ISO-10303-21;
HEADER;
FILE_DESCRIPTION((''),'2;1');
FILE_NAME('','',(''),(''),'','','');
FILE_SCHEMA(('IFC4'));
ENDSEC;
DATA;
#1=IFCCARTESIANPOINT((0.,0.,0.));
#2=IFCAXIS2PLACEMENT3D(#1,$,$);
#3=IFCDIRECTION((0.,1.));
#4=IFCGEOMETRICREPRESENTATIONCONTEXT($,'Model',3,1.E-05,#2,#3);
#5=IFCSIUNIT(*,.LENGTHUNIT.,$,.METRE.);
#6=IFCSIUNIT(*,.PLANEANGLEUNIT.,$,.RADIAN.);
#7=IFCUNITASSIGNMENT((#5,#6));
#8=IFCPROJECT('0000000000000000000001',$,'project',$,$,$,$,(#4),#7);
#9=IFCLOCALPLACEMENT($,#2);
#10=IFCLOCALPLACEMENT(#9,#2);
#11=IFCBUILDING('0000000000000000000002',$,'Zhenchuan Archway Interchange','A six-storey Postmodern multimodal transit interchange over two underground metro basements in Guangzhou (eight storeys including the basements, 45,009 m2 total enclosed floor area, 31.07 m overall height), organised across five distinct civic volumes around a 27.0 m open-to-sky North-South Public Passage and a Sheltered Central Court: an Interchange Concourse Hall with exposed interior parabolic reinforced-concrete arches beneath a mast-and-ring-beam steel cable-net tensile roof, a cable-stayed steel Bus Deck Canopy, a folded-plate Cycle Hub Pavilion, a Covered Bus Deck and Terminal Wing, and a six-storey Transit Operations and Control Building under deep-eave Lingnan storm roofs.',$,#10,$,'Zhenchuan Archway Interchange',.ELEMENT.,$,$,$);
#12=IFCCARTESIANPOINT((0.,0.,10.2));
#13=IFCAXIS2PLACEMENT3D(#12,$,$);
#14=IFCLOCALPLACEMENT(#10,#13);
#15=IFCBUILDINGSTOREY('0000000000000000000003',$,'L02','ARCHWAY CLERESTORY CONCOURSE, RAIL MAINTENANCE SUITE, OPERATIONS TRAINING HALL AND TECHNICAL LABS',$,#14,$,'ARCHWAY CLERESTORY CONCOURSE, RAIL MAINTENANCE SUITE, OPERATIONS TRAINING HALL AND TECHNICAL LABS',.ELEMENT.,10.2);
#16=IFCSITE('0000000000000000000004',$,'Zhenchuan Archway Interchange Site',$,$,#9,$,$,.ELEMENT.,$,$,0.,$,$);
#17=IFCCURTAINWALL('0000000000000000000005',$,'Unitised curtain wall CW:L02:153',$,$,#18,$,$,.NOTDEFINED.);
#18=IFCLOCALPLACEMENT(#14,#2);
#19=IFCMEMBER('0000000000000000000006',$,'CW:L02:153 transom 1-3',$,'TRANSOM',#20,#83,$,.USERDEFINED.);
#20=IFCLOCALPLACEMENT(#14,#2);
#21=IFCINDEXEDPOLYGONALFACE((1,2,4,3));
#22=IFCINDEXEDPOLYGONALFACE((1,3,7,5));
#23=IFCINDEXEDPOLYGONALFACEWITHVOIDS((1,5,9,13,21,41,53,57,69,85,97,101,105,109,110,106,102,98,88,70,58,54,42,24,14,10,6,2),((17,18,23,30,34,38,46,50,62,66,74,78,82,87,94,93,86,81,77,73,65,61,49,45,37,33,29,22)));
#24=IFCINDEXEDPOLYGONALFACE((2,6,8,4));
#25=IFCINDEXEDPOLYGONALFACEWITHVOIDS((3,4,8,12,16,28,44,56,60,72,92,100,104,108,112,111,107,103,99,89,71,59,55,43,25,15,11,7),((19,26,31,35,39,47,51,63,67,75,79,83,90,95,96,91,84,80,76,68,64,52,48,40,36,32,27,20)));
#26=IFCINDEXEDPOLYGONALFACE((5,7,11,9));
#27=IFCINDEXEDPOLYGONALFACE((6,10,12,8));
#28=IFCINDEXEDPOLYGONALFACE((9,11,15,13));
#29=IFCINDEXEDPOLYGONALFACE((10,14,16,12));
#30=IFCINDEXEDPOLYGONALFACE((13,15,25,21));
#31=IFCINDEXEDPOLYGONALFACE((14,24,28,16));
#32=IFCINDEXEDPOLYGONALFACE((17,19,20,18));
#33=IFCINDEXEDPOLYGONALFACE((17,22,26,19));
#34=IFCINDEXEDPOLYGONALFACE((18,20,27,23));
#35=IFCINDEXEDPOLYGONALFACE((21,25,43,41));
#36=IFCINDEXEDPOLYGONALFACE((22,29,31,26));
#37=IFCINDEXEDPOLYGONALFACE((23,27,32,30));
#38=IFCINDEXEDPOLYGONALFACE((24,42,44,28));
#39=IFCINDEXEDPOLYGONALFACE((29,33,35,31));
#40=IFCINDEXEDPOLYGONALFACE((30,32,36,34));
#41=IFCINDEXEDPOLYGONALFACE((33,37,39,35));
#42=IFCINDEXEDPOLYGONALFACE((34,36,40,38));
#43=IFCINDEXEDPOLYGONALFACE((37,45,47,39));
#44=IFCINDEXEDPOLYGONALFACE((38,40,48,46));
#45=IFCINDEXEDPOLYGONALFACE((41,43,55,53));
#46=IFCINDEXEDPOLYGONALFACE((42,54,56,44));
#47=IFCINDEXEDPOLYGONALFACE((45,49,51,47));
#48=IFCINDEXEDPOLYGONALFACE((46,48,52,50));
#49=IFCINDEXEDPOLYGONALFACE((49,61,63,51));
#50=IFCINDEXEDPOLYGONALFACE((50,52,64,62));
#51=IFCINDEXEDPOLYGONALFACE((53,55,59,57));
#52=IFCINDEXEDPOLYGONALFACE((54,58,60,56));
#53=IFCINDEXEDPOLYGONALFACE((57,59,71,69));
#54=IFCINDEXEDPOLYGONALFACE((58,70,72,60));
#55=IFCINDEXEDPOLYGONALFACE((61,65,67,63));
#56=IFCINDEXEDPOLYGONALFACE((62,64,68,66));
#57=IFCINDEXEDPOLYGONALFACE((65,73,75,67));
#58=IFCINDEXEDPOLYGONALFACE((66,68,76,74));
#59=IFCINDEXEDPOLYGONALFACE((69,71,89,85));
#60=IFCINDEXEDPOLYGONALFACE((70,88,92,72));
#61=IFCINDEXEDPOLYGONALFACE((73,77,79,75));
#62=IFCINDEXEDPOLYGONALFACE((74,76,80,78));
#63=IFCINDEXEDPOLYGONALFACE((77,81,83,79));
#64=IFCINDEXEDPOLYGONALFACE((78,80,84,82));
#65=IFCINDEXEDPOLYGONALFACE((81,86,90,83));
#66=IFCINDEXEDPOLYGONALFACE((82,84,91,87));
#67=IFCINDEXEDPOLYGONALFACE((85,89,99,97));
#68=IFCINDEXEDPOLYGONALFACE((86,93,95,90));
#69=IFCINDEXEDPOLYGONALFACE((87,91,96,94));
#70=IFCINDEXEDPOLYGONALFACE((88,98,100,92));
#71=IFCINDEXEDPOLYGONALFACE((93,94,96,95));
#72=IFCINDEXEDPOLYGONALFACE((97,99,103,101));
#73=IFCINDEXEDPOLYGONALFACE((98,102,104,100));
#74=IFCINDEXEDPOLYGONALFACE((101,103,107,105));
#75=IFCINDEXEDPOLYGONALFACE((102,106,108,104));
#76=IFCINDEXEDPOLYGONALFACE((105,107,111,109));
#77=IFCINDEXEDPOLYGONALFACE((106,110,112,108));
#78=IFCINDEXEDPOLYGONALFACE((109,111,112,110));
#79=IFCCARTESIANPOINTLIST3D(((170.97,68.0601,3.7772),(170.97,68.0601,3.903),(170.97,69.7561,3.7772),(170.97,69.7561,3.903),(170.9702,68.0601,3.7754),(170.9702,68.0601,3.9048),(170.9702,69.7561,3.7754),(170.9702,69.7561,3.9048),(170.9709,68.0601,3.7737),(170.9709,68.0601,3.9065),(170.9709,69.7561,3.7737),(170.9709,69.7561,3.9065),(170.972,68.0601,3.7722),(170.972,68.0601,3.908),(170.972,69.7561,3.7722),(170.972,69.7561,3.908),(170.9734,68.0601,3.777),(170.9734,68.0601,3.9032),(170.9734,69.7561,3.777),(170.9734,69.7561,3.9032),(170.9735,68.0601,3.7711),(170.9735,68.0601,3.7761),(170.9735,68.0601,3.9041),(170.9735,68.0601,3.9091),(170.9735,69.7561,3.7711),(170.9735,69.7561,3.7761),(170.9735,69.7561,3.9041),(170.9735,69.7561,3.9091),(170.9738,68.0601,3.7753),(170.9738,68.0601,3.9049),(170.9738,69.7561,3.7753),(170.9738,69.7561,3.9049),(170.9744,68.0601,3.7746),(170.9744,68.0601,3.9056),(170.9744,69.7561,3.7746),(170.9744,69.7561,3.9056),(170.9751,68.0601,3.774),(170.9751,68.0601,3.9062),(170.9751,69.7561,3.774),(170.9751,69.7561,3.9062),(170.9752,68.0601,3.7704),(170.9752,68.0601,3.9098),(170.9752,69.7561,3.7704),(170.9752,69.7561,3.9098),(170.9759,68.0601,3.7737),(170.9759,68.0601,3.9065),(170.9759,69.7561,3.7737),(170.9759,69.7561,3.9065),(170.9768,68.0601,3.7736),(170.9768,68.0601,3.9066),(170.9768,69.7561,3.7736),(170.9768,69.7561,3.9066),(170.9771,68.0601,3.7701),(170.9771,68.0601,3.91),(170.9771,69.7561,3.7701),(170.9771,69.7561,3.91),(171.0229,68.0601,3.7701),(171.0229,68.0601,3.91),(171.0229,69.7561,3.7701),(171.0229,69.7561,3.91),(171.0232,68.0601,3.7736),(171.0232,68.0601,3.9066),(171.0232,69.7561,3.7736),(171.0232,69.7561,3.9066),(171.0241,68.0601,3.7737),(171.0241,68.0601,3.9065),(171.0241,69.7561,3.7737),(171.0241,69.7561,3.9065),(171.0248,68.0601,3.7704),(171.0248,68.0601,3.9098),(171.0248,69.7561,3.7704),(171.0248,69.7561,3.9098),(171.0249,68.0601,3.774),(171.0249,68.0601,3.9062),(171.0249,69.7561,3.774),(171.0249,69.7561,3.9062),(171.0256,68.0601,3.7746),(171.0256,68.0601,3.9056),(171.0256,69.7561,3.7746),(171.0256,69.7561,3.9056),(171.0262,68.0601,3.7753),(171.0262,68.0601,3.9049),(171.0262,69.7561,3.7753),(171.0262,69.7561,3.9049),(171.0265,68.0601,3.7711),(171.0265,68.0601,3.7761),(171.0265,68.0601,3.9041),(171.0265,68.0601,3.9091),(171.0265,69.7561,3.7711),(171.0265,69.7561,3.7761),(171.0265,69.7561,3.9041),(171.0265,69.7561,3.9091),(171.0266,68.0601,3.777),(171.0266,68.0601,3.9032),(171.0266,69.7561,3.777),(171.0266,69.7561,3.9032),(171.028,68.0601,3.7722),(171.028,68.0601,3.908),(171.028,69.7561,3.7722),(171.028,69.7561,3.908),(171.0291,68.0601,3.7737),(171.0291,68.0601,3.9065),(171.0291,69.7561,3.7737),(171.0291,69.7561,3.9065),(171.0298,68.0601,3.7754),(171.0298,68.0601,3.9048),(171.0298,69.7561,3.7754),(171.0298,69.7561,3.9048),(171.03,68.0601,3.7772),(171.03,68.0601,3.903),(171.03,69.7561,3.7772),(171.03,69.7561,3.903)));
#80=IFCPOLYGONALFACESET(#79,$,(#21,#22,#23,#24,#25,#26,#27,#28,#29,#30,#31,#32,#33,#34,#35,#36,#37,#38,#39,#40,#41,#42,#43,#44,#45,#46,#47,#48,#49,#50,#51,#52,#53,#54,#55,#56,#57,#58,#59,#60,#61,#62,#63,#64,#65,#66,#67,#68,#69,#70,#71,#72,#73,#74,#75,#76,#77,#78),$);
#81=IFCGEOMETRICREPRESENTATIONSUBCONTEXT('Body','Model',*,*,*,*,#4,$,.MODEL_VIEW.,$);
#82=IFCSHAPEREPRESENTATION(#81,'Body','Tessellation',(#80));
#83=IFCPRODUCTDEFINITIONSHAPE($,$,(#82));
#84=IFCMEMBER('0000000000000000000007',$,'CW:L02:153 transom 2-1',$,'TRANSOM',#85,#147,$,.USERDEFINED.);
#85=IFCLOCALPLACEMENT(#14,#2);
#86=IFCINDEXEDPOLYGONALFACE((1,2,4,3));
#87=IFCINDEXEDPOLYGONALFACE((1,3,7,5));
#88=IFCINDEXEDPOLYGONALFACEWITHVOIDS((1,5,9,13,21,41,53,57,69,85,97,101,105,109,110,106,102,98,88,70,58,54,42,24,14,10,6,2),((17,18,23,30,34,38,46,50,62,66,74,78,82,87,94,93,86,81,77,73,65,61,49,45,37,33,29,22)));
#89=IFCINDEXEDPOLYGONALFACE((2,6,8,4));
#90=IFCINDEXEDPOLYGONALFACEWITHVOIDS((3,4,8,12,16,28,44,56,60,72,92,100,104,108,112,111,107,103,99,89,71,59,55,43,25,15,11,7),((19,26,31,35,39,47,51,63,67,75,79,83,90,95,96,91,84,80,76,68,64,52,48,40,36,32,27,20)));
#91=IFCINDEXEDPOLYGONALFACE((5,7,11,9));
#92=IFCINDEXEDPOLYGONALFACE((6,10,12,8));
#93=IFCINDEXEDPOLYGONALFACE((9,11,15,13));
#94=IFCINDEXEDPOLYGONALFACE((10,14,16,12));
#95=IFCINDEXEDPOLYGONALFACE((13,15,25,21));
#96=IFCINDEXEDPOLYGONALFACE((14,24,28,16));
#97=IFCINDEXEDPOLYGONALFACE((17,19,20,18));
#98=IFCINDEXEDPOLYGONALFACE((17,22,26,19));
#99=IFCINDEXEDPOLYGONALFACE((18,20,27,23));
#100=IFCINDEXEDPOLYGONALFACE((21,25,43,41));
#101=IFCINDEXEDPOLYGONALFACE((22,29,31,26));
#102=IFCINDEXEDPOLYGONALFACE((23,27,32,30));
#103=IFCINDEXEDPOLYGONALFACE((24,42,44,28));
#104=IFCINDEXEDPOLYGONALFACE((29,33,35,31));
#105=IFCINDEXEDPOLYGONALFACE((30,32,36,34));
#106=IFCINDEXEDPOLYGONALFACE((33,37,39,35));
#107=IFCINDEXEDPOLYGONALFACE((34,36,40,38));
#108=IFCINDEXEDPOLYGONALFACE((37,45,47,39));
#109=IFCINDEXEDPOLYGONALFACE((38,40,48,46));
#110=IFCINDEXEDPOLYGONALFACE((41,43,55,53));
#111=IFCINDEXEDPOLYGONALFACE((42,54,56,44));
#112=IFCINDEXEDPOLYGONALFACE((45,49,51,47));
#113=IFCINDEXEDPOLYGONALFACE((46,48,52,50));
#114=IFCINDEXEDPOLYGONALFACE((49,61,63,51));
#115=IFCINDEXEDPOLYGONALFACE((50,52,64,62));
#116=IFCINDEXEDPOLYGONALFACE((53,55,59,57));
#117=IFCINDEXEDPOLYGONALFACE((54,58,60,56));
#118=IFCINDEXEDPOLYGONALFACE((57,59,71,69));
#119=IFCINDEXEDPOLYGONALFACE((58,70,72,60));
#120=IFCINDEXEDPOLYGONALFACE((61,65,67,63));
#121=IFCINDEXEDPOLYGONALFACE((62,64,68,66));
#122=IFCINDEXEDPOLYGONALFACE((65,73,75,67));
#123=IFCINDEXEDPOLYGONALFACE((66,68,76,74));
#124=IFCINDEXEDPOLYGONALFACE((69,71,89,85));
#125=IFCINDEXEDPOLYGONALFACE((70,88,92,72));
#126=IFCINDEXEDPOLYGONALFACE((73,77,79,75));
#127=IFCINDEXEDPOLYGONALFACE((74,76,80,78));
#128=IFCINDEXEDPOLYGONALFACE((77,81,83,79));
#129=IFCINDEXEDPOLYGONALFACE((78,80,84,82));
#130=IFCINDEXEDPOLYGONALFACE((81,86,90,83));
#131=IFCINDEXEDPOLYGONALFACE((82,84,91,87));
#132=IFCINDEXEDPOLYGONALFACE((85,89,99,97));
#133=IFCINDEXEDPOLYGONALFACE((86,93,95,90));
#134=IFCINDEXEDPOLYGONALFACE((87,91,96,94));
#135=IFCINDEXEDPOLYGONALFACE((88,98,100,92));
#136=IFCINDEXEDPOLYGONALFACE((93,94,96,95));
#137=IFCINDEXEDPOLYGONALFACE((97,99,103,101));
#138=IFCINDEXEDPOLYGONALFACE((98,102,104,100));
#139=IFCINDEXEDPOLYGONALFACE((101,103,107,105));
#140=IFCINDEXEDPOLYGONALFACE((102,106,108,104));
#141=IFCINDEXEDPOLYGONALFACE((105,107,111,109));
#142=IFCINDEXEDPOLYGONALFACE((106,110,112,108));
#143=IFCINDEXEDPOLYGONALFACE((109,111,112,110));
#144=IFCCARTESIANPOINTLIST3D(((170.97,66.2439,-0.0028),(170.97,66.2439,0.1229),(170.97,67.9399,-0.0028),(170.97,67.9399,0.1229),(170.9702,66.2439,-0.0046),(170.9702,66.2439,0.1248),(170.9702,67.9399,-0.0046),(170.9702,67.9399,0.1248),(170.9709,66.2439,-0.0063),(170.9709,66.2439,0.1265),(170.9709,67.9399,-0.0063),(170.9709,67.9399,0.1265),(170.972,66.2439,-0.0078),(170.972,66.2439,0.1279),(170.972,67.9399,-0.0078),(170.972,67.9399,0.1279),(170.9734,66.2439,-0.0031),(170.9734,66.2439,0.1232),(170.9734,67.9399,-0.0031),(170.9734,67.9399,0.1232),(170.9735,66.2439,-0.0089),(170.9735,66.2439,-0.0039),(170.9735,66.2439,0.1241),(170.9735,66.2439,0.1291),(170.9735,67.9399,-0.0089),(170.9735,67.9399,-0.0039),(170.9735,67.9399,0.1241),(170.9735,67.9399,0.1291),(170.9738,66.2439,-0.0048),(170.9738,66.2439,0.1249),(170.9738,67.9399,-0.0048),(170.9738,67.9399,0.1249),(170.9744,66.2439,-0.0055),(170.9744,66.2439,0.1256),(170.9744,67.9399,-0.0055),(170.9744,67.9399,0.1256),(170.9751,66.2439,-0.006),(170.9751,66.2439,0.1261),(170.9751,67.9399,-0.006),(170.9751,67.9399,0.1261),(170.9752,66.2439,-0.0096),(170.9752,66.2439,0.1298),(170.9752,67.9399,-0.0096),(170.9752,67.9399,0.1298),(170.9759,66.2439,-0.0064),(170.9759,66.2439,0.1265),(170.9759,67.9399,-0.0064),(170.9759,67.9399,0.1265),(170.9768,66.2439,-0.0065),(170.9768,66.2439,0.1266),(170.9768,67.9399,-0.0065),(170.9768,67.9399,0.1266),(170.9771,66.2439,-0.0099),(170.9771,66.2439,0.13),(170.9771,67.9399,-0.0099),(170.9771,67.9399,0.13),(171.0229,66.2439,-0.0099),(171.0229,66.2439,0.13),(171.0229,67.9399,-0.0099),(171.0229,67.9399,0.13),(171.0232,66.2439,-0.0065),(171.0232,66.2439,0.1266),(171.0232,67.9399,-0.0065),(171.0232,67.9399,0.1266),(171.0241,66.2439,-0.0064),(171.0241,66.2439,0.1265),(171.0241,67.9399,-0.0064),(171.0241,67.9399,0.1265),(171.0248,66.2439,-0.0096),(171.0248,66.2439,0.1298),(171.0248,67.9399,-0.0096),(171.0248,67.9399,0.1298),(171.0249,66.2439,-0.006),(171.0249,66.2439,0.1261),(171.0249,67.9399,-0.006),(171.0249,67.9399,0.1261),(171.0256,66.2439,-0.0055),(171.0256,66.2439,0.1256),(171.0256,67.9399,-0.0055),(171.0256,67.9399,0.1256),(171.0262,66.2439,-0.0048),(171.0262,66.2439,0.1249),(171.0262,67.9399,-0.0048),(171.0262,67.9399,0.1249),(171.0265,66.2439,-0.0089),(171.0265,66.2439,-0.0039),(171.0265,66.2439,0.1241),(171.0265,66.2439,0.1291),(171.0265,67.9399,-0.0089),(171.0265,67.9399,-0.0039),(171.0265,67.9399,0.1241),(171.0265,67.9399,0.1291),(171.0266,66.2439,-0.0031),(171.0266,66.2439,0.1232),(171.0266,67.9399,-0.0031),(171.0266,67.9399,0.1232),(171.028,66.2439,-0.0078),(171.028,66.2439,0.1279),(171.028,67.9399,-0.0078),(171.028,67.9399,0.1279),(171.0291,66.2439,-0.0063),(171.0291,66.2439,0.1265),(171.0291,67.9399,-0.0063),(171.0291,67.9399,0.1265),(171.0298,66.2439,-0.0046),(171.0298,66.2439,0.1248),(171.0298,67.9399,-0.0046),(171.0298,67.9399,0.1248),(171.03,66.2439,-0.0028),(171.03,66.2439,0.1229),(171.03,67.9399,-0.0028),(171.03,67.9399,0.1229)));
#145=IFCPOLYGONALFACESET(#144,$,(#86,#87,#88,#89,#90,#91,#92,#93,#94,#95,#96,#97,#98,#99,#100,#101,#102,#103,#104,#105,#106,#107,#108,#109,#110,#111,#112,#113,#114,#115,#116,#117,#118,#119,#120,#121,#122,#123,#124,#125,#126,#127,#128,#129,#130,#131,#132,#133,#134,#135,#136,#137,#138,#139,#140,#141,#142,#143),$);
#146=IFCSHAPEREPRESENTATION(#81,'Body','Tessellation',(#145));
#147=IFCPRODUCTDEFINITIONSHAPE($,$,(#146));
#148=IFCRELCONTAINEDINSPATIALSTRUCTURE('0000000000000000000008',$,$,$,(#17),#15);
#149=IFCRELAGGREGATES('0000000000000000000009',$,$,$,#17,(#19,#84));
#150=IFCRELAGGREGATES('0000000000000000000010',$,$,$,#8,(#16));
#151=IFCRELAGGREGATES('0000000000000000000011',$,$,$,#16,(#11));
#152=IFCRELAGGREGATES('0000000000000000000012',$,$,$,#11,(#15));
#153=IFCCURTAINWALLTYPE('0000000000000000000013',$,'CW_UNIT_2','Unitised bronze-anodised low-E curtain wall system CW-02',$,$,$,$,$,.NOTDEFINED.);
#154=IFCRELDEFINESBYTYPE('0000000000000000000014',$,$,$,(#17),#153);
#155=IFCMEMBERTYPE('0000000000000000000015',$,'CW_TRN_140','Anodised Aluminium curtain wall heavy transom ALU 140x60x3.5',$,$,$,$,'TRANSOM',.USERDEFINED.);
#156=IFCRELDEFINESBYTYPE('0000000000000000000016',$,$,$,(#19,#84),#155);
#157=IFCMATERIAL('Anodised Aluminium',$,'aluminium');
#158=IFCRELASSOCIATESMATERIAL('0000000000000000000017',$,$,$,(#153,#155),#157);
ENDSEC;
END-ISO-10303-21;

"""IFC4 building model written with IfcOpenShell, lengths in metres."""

from ifc_helpers import new_model, si_unit, direction, frame, origin, origin_2d, place, context, subcontext, project, spatial, hollow_rectangle, extrude, material, material_profile, profile_set, type_object, element, aggregate, save


model = new_model("IFC4")

# Units and contexts
model_context = context("Model", 3, precision=1e-05, world=origin(), true_north=direction((0.0, 1.0)))
body_context = subcontext(model_context, "Body", "Model", "MODEL_VIEW")
ifc_project = project(units=[si_unit("LENGTHUNIT", "METRE"), si_unit("PLANEANGLEUNIT", "RADIAN")], contexts=[model_context])

# Site, building, storey
site_placement = place(None, origin())
site = spatial("IfcSite", under=ifc_project, at=site_placement, Name="Zhenchuan Archway Interchange Site", CompositionType="ELEMENT", RefElevation=0.0)
building_placement = place(site_placement, origin())
building = spatial("IfcBuilding", under=site, at=building_placement, Name="Zhenchuan Archway Interchange", Description="A six-storey Postmodern multimodal transit interchange over two underground metro basements in Guangzhou (eight storeys including the basements, 45,009 m2 total enclosed floor area, 31.07 m overall height), organised across five distinct civic volumes around a 27.0 m open-to-sky North-South Public Passage and a Sheltered Central Court: an Interchange Concourse Hall with exposed interior parabolic reinforced-concrete arches beneath a mast-and-ring-beam steel cable-net tensile roof, a cable-stayed steel Bus Deck Canopy, a folded-plate Cycle Hub Pavilion, a Covered Bus Deck and Terminal Wing, and a six-storey Transit Operations and Control Building under deep-eave Lingnan storm roofs.", LongName="Zhenchuan Archway Interchange", CompositionType="ELEMENT")
storey_placement = place(building_placement, frame((0.0, 0.0, 10.2)))
storey = spatial("IfcBuildingStorey", under=building, at=storey_placement, Name="L02", Description="ARCHWAY CLERESTORY CONCOURSE, RAIL MAINTENANCE SUITE, OPERATIONS TRAINING HALL AND TECHNICAL LABS", LongName="ARCHWAY CLERESTORY CONCOURSE, RAIL MAINTENANCE SUITE, OPERATIONS TRAINING HALL AND TECHNICAL LABS", CompositionType="ELEMENT", Elevation=10.2)

# Curtain wall, members
ifc_material_1 = material(Name="Anodised Aluminium", Category="aluminium")
curtain_wall_type = type_object("IfcCurtainWallType", Name="CW_UNIT_2", Description="Unitised bronze-anodised low-E curtain wall system CW-02", PredefinedType="NOTDEFINED", material=ifc_material_1)
curtain_wall_placement = place(storey_placement, origin())
curtain_wall = element("IfcCurtainWall", 1, at=curtain_wall_placement, inside=storey, type_object=curtain_wall_type, Name="Unitised curtain wall CW:L02:153", PredefinedType="NOTDEFINED")
ifc_material_profile_1 = material_profile(ifc_material_1, hollow_rectangle(XDim=0.0601, YDim=0.1399, WallThickness=0.0034, InnerFilletRadius=0.0034, OuterFilletRadius=0.0071, at=origin_2d()), Name="ALU 140x60x3.5")
ifc_profile_set_1 = profile_set([ifc_material_profile_1], Name="Anodised Aluminium")
member_type_1 = type_object("IfcMemberType", Name="CW_TRN_140", Description="Anodised Aluminium curtain wall heavy transom ALU 140x60x3.5", ElementType="TRANSOM", PredefinedType="USERDEFINED", material=ifc_profile_set_1)
member_1_placement = place(storey_placement, frame((171.0, 69.7561, 3.8401), z_axis=(0.0, -1.0, 0.0), x_axis=(1.0, 0.0, 0.0)))
member_1 = element("IfcMember", 2, at=member_1_placement, type_object=member_type_1, Name="CW:L02:153 transom 1-3", ObjectType="TRANSOM", PredefinedType="USERDEFINED", context=body_context, shape_type="SweptSolid", body=[
    extrude(hollow_rectangle(XDim=0.0601, YDim=0.1399, WallThickness=0.0034, InnerFilletRadius=0.0034, OuterFilletRadius=0.0071, at=origin_2d()), origin(), (0.0, 0.0, 1.0), 1.696),
])
member_2_placement = place(storey_placement, frame((171.0, 67.9399, 0.0601), z_axis=(0.0, -1.0, 0.0), x_axis=(1.0, 0.0, 0.0)))
member_2 = element("IfcMember", 3, at=member_2_placement, type_object=member_type_1, Name="CW:L02:153 transom 2-1", ObjectType="TRANSOM", PredefinedType="USERDEFINED", context=body_context, shape_type="SweptSolid", body=[
    extrude(hollow_rectangle(XDim=0.0601, YDim=0.1399, WallThickness=0.0034, InnerFilletRadius=0.0034, OuterFilletRadius=0.0071, at=origin_2d()), origin(), (0.0, 0.0, 1.0), 1.696),
])

aggregate(curtain_wall, [member_1, member_2])

save(model, "model.ifc")
